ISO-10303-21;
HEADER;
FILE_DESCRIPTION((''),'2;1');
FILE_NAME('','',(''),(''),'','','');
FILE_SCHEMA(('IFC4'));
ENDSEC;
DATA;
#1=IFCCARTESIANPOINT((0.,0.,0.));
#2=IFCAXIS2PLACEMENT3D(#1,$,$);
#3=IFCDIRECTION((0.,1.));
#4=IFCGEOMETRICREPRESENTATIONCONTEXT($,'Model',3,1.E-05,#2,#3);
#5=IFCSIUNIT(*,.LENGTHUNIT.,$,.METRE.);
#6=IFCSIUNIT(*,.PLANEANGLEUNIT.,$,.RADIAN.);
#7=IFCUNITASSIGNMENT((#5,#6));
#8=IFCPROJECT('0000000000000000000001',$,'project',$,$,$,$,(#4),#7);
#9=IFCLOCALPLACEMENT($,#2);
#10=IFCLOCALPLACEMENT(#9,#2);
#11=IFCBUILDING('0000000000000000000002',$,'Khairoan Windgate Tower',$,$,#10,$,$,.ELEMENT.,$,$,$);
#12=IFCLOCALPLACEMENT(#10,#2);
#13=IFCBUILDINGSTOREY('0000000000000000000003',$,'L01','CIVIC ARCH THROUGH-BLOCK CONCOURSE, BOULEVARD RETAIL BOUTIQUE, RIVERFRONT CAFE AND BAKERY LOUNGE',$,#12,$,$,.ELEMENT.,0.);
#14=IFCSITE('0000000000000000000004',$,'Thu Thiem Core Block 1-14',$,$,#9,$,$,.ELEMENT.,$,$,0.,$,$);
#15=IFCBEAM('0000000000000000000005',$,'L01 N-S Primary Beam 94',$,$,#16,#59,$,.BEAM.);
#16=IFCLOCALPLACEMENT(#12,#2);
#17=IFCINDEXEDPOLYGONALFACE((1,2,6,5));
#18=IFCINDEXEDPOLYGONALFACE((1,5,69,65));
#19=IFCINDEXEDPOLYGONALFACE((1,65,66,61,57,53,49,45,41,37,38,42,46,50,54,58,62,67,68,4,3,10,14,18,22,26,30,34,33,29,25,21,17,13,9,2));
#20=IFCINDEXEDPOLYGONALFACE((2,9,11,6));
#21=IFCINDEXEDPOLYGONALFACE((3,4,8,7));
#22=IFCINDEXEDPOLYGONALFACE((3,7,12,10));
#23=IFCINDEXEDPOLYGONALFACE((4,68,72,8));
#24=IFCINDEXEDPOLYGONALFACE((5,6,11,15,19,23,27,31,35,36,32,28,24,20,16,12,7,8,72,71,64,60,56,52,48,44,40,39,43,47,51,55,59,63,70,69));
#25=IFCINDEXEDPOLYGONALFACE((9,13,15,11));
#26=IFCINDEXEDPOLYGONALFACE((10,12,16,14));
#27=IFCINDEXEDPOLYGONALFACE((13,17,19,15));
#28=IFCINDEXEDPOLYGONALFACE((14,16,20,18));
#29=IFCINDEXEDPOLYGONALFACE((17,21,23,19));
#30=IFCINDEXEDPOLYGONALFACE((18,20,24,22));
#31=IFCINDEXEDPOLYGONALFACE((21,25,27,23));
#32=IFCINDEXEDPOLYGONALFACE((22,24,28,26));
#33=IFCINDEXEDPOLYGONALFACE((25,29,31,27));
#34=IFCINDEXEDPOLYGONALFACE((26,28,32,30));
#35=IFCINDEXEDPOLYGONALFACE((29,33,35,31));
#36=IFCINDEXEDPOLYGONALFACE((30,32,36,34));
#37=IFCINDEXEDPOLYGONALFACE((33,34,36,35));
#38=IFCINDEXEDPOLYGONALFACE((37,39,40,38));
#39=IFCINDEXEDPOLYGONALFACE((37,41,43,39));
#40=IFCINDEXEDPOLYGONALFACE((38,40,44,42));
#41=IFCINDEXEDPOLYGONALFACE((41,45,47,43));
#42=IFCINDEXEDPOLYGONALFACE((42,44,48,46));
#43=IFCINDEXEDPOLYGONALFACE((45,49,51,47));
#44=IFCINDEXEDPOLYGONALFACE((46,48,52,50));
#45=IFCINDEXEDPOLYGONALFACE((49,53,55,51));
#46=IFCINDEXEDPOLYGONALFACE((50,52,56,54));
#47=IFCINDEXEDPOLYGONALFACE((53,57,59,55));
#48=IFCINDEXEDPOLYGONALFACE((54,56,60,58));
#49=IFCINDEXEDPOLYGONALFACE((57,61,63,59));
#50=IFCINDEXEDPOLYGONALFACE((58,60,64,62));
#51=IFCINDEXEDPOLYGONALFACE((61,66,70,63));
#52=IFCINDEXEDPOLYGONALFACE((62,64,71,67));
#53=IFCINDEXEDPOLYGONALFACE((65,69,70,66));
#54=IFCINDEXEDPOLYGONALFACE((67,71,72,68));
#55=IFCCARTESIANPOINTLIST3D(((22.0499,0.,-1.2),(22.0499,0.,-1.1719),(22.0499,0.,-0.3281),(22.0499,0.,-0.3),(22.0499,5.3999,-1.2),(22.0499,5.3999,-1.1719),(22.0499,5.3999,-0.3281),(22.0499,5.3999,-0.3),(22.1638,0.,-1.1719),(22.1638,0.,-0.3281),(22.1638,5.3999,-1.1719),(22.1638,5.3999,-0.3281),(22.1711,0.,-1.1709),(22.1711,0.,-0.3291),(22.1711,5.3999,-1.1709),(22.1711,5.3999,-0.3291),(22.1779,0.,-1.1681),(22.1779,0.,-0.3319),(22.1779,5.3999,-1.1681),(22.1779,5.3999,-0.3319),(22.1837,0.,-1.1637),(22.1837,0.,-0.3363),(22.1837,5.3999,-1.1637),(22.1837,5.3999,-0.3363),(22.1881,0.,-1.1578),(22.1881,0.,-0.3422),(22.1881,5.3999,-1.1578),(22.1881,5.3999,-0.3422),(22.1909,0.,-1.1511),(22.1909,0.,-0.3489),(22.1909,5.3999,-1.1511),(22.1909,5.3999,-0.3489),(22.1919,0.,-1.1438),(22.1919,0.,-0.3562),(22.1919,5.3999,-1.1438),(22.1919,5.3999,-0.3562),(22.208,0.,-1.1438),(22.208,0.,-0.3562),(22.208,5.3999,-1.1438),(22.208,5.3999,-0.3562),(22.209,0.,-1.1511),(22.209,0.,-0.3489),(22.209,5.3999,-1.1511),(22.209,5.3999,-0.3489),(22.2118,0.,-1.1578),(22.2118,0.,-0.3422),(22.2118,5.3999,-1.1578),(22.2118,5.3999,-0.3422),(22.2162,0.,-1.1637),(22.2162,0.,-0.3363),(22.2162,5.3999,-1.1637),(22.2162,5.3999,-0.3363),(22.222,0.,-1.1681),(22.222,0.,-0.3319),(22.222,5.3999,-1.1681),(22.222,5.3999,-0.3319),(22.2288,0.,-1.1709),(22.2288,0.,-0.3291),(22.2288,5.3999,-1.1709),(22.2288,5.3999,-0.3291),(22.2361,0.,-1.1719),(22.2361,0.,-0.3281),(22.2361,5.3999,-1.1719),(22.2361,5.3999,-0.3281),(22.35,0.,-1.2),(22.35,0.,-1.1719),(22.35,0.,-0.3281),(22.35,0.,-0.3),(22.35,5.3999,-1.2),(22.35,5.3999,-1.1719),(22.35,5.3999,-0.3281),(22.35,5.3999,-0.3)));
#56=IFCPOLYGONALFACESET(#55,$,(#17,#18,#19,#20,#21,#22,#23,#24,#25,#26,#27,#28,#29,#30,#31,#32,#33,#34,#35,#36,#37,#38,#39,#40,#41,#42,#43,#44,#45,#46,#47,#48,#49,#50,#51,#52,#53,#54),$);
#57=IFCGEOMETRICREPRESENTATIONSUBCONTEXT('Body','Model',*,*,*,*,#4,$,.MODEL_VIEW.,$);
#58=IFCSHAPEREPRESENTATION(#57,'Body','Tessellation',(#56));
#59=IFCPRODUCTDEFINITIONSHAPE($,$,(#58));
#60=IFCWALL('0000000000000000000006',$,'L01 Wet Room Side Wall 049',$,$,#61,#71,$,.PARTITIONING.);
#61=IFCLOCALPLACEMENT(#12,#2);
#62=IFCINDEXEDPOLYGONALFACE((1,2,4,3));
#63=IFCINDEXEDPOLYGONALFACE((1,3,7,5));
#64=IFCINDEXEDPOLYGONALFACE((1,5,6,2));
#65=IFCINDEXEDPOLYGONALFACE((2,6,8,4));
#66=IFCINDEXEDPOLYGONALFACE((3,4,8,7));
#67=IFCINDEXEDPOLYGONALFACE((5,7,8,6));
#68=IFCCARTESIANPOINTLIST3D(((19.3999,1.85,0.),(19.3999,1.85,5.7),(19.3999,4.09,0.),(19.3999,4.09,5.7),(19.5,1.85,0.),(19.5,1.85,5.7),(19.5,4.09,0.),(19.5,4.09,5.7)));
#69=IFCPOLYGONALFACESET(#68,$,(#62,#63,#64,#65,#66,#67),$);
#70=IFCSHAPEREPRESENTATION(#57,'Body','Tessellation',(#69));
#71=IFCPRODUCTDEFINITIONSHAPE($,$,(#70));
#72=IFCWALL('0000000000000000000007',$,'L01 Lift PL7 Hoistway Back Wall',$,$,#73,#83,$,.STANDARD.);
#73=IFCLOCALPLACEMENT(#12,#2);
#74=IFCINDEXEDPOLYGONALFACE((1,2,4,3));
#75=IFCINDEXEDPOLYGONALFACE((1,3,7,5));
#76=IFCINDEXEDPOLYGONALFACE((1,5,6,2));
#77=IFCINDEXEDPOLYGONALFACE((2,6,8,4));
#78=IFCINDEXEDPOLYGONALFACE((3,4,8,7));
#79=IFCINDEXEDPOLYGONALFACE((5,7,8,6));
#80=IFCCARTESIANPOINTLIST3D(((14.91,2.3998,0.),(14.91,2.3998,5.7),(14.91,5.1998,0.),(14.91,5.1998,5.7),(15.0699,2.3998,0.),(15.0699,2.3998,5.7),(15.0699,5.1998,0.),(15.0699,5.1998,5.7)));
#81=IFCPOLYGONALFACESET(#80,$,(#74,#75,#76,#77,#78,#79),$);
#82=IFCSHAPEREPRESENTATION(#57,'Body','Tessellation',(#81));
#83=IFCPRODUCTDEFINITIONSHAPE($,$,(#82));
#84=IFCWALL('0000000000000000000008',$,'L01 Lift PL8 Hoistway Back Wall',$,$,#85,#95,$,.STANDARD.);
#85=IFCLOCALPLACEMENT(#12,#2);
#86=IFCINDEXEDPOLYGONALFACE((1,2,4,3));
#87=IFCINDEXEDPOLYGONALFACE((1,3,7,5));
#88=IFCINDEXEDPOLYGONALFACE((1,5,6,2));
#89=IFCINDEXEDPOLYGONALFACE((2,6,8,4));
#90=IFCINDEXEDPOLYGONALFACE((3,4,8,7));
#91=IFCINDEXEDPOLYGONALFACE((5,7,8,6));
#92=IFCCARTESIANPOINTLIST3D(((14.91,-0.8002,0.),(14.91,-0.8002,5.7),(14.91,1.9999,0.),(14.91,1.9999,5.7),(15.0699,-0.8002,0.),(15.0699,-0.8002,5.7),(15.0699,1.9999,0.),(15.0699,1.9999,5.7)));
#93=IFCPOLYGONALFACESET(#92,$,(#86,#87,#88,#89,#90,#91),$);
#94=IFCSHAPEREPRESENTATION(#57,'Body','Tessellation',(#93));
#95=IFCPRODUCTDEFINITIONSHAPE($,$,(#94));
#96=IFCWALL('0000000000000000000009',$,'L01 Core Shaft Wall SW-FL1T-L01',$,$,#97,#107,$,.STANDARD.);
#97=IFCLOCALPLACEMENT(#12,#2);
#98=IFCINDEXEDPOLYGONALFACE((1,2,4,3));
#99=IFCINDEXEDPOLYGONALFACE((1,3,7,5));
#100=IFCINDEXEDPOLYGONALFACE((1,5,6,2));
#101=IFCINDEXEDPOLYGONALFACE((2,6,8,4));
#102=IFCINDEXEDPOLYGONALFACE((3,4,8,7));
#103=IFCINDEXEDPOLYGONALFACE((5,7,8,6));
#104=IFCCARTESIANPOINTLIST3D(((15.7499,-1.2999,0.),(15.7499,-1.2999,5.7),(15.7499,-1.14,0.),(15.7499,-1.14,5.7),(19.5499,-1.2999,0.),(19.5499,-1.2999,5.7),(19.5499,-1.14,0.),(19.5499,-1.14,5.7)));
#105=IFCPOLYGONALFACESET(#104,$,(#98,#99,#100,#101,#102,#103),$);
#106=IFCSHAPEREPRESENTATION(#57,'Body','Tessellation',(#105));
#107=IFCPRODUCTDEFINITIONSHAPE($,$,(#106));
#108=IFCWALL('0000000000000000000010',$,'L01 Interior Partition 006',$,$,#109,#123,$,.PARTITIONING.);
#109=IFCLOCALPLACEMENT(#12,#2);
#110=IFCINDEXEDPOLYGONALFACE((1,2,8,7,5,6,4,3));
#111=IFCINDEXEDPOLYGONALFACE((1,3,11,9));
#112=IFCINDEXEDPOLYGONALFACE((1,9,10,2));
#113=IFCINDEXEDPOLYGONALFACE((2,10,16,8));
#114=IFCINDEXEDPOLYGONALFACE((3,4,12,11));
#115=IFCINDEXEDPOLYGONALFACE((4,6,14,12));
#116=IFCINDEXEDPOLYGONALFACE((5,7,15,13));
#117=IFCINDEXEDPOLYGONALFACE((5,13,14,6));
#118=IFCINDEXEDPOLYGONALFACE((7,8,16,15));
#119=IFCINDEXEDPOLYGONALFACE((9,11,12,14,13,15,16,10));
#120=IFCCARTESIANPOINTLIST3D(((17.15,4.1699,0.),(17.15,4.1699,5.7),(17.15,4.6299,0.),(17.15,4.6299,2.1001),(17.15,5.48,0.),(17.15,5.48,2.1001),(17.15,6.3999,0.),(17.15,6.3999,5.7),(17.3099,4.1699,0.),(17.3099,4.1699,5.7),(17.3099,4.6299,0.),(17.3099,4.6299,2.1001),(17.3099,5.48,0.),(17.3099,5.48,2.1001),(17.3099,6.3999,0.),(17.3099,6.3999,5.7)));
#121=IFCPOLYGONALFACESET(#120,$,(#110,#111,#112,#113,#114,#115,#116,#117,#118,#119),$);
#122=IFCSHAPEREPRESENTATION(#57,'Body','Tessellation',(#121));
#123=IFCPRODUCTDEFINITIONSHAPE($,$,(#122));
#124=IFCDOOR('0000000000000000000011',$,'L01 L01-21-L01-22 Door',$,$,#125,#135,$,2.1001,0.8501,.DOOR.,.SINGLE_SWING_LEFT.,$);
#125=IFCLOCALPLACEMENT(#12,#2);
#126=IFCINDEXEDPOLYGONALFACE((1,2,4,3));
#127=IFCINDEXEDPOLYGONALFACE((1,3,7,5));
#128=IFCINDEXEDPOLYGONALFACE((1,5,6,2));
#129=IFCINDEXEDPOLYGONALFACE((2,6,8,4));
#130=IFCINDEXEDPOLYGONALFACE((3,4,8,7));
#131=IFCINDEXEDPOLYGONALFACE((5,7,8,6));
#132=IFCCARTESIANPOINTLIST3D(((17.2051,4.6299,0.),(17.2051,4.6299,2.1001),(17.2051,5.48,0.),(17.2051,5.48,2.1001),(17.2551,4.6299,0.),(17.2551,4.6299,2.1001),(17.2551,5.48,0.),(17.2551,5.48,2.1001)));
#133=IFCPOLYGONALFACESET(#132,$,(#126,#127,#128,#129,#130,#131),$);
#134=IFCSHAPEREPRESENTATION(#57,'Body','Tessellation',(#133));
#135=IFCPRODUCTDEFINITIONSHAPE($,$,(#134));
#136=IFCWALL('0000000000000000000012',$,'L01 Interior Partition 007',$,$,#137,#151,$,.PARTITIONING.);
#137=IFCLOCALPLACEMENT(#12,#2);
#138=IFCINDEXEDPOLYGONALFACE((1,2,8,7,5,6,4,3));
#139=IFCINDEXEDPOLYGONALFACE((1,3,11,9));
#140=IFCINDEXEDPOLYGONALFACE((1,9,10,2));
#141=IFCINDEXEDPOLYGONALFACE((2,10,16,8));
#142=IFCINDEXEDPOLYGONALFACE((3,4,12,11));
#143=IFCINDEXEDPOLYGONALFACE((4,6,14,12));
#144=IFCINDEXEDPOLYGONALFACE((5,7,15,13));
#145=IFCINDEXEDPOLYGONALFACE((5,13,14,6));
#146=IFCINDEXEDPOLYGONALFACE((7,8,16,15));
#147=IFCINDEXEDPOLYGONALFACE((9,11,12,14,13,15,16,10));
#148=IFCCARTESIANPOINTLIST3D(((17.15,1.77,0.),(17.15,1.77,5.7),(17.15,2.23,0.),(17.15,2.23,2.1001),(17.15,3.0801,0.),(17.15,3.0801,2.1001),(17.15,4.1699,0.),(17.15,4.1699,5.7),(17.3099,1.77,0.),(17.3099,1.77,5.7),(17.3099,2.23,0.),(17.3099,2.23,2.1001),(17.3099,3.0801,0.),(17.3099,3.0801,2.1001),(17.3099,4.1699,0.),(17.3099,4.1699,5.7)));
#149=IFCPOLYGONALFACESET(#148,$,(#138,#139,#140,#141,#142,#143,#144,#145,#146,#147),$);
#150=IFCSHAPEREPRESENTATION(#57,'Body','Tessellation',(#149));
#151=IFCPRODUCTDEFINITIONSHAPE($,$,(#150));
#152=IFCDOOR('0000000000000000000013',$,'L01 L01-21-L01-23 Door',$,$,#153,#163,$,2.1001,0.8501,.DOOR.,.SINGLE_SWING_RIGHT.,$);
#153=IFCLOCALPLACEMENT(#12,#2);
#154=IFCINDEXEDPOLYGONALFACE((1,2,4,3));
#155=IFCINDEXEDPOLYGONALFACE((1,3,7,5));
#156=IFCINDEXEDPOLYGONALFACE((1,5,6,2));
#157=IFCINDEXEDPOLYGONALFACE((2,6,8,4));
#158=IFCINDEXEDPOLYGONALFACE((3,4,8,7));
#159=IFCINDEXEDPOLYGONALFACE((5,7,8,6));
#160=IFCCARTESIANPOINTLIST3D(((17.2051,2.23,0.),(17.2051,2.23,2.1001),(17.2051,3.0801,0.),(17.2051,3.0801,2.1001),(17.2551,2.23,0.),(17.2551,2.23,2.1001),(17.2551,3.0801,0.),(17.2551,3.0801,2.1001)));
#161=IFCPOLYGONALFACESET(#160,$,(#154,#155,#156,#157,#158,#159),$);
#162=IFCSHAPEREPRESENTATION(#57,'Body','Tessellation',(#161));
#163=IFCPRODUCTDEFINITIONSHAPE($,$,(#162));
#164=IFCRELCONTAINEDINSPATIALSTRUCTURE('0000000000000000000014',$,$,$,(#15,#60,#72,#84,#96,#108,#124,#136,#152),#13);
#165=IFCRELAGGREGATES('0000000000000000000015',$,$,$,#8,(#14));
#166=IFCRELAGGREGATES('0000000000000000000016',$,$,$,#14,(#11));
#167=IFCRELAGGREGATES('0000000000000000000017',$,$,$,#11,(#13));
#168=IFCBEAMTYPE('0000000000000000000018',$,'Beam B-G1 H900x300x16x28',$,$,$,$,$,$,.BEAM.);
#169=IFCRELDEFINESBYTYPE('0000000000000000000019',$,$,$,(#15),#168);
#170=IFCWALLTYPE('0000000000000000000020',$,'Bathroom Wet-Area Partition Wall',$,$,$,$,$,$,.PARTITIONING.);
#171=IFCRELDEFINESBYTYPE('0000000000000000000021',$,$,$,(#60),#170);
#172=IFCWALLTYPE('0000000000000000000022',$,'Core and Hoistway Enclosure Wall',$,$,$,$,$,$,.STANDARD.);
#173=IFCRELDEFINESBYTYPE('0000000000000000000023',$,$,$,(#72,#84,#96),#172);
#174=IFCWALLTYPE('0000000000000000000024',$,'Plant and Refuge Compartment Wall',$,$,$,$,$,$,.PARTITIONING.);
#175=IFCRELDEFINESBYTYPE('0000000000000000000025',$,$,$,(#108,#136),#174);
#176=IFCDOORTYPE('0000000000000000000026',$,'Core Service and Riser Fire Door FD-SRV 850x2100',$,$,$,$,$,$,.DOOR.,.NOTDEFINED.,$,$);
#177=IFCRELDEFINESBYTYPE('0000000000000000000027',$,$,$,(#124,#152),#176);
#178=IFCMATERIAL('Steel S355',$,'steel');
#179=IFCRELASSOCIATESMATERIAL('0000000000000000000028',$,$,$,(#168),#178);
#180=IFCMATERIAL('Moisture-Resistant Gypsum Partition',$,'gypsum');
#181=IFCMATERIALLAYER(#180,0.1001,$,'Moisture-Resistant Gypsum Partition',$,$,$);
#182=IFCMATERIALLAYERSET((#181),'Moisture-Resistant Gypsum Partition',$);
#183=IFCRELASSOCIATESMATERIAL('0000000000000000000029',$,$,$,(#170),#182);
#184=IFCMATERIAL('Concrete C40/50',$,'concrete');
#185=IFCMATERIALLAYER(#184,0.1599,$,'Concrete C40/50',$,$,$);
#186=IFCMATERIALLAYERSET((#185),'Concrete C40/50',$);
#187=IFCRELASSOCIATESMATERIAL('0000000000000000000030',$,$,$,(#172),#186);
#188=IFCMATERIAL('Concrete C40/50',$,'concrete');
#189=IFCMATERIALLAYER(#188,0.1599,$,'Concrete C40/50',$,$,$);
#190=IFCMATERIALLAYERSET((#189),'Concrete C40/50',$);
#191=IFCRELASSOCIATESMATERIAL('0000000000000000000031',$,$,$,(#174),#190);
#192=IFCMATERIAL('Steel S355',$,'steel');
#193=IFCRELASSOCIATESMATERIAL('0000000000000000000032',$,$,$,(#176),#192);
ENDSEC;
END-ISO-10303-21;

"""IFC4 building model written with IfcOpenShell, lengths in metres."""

from ifc_helpers import new_model, si_unit, direction, frame, frame_2d, origin, origin_2d, place, context, subcontext, project, spatial, rectangle, i_section, extrude, material, layer, layer_set, material_profile, profile_set, type_object, element, fill, save


model = new_model("IFC4")

# Units and contexts
model_context = context("Model", 3, precision=1e-05, world=origin(), true_north=direction((0.0, 1.0)))
body_context = subcontext(model_context, "Body", "Model", "MODEL_VIEW")
ifc_project = project(units=[si_unit("LENGTHUNIT", "METRE"), si_unit("PLANEANGLEUNIT", "RADIAN")], contexts=[model_context])

# Site, building, storey
site_placement = place(None, origin())
site = spatial("IfcSite", under=ifc_project, at=site_placement, Name="Thu Thiem Core Block 1-14", CompositionType="ELEMENT", RefElevation=0.0)
building_placement = place(site_placement, origin())
building = spatial("IfcBuilding", under=site, at=building_placement, Name="Khairoan Windgate Tower", CompositionType="ELEMENT")
storey_placement = place(building_placement, origin())
storey = spatial("IfcBuildingStorey", under=building, at=storey_placement, Name="L01", Description="CIVIC ARCH THROUGH-BLOCK CONCOURSE, BOULEVARD RETAIL BOUTIQUE, RIVERFRONT CAFE AND BAKERY LOUNGE", CompositionType="ELEMENT", Elevation=0.0)

# Beam
ifc_material_1 = material(Name="Steel S355", Category="steel")
ifc_material_profile_1 = material_profile(ifc_material_1, i_section(OverallWidth=0.3, OverallDepth=0.8999, WebThickness=0.0161, FlangeThickness=0.0281, FilletRadius=0.0281, at=origin_2d()))
ifc_profile_set_1 = profile_set([ifc_material_profile_1], Name="Steel S355")
beam_type = type_object("IfcBeamType", Name="Beam B-G1 H900x300x16x28", PredefinedType="BEAM", material=ifc_profile_set_1)
for number, where, z_axis, x_axis, name in (
    (1, (22.2, 0.0, -0.75), (0.0, 1.0, 0.0), (-1.0, 0.0, 0.0), "L01 N-S Primary Beam 94"),
):
    element("IfcBeam", number, at=place(storey_placement, frame(where, z_axis=z_axis, x_axis=x_axis)), inside=storey, type_object=beam_type, Name=name, PredefinedType="BEAM", context=body_context, shape_type="SweptSolid", body=[
        extrude(i_section(OverallWidth=0.3, OverallDepth=0.8999, WebThickness=0.0161, FlangeThickness=0.0281, FilletRadius=0.0281, at=origin_2d()), origin(), (0.0, 0.0, 1.0), 5.3999),
    ])

# Walls
ifc_material_2 = material(Name="Moisture-Resistant Gypsum Partition", Category="gypsum")
ifc_layer_1 = layer(ifc_material_2, 0.1001, Name="Moisture-Resistant Gypsum Partition")
ifc_layer_set_1 = layer_set([ifc_layer_1], Name="Moisture-Resistant Gypsum Partition")
wall_type_1 = type_object("IfcWallType", Name="Bathroom Wet-Area Partition Wall", PredefinedType="PARTITIONING", material=ifc_layer_set_1)
wall_1_placement = place(storey_placement, frame((19.45, 4.0901, 0.0), z_axis=(0.0, 0.0, 1.0), x_axis=(0.0, -1.0, 0.0)))
element("IfcWall", 2, at=wall_1_placement, inside=storey, type_object=wall_type_1, Name="L01 Wet Room Side Wall 049", PredefinedType="PARTITIONING", context=body_context, shape_type="SweptSolid", body=[
    extrude(rectangle(XDim=2.24, YDim=0.1001, at=frame_2d((1.1201, 0.0))), origin(), (0.0, 0.0, 1.0), 5.7),
])
ifc_material_3 = material(Name="Concrete C40/50", Category="concrete")
ifc_layer_2 = layer(ifc_material_3, 0.1599, Name="Concrete C40/50")
ifc_layer_set_2 = layer_set([ifc_layer_2], Name="Concrete C40/50")
wall_type_2 = type_object("IfcWallType", Name="Core and Hoistway Enclosure Wall", PredefinedType="STANDARD", material=ifc_layer_set_2)
for number, where, z_axis, x_axis, name in (
    (3, (14.99, 2.3999, 0.0), (0.0, 0.0, 1.0), (0.0, 1.0, 0.0), "L01 Lift PL7 Hoistway Back Wall"),
    (4, (14.99, -0.8, 0.0), (0.0, 0.0, 1.0), (0.0, 1.0, 0.0), "L01 Lift PL8 Hoistway Back Wall"),
):
    element("IfcWall", number, at=place(storey_placement, frame(where, z_axis=z_axis, x_axis=x_axis)), inside=storey, type_object=wall_type_2, Name=name, PredefinedType="STANDARD", context=body_context, shape_type="SweptSolid", body=[
        extrude(rectangle(XDim=2.8, YDim=0.1599, at=frame_2d((1.3999, 0.0))), origin(), (0.0, 0.0, 1.0), 5.7),
    ])
wall_2_placement = place(storey_placement, frame((15.75, -1.22, 0.0), z_axis=(0.0, 0.0, 1.0), x_axis=(1.0, 0.0, 0.0)))
element("IfcWall", 5, at=wall_2_placement, inside=storey, type_object=wall_type_2, Name="L01 Core Shaft Wall SW-FL1T-L01", PredefinedType="STANDARD", context=body_context, shape_type="SweptSolid", body=[
    extrude(rectangle(XDim=3.8, YDim=0.1599, at=frame_2d((1.8999, 0.0))), origin(), (0.0, 0.0, 1.0), 5.7),
])

# Walls, openings, doors
ifc_material_4 = material(Name="Concrete C40/50", Category="concrete")
ifc_layer_3 = layer(ifc_material_4, 0.1599, Name="Concrete C40/50")
ifc_layer_set_3 = layer_set([ifc_layer_3], Name="Concrete C40/50")
wall_type_3 = type_object("IfcWallType", Name="Plant and Refuge Compartment Wall", PredefinedType="PARTITIONING", material=ifc_layer_set_3)
wall_3_placement = place(storey_placement, frame((17.23, 4.1699, 0.0), z_axis=(0.0, 0.0, 1.0), x_axis=(0.0, 1.0, 0.0)))
wall_3 = element("IfcWall", 6, at=wall_3_placement, inside=storey, type_object=wall_type_3, Name="L01 Interior Partition 006", PredefinedType="PARTITIONING", context=body_context, shape_type="SweptSolid", body=[
    extrude(rectangle(XDim=2.23, YDim=0.1599, at=frame_2d((1.115, 0.0))), origin(), (0.0, 0.0, 1.0), 5.7),
])
opening_1_placement = place(wall_3_placement, frame((0.46, 0.0, 0.0)))
opening_1 = element("IfcOpeningElement", 7, at=opening_1_placement, cuts=wall_3, PredefinedType="OPENING", context=body_context, shape_type="SweptSolid", body=[
    extrude(rectangle(XDim=0.8501, YDim=2.1001, at=frame_2d((0.425, 1.05))), frame((0.0, 0.0898, 0.0), z_axis=(0.0, -1.0, 0.0), x_axis=(1.0, 0.0, 0.0)), (0.0, 0.0, 1.0), 0.1799),
])
ifc_material_5 = material(Name="Steel S355", Category="steel")
door_type = type_object("IfcDoorType", Name="Core Service and Riser Fire Door FD-SRV 850x2100", OperationType="NOTDEFINED", PredefinedType="DOOR", material=ifc_material_5)
door_1_placement = place(opening_1_placement, origin())
door_1 = element("IfcDoor", 8, at=door_1_placement, inside=storey, type_object=door_type, Name="L01 L01-21-L01-22 Door", OperationType="SINGLE_SWING_LEFT", OverallHeight=2.1001, OverallWidth=0.8501, PredefinedType="DOOR", context=body_context, shape_type="SweptSolid", body=[
    extrude(rectangle(XDim=0.8501, YDim=2.1001, at=frame_2d((0.425, 1.05))), frame((0.0, 0.0249, 0.0), z_axis=(0.0, -1.0, 0.0), x_axis=(1.0, 0.0, 0.0)), (0.0, 0.0, 1.0), 0.05),
])
fill(opening_1, door_1)
wall_4_placement = place(storey_placement, frame((17.23, 1.77, 0.0), z_axis=(0.0, 0.0, 1.0), x_axis=(0.0, 1.0, 0.0)))
wall_4 = element("IfcWall", 9, at=wall_4_placement, inside=storey, type_object=wall_type_3, Name="L01 Interior Partition 007", PredefinedType="PARTITIONING", context=body_context, shape_type="SweptSolid", body=[
    extrude(rectangle(XDim=2.3999, YDim=0.1599, at=frame_2d((1.2, 0.0))), origin(), (0.0, 0.0, 1.0), 5.7),
])
opening_2_placement = place(wall_4_placement, frame((0.46, 0.0, 0.0)))
opening_2 = element("IfcOpeningElement", 10, at=opening_2_placement, cuts=wall_4, PredefinedType="OPENING", context=body_context, shape_type="SweptSolid", body=[
    extrude(rectangle(XDim=0.8501, YDim=2.1001, at=frame_2d((0.425, 1.05))), frame((0.0, 0.0898, 0.0), z_axis=(0.0, -1.0, 0.0), x_axis=(1.0, 0.0, 0.0)), (0.0, 0.0, 1.0), 0.1799),
])
door_2_placement = place(opening_2_placement, origin())
door_2 = element("IfcDoor", 11, at=door_2_placement, inside=storey, type_object=door_type, Name="L01 L01-21-L01-23 Door", OperationType="SINGLE_SWING_RIGHT", OverallHeight=2.1001, OverallWidth=0.8501, PredefinedType="DOOR", context=body_context, shape_type="SweptSolid", body=[
    extrude(rectangle(XDim=0.8501, YDim=2.1001, at=frame_2d((0.425, 1.05))), frame((0.0, 0.0249, 0.0), z_axis=(0.0, -1.0, 0.0), x_axis=(1.0, 0.0, 0.0)), (0.0, 0.0, 1.0), 0.05),
])
fill(opening_2, door_2)

save(model, "model.ifc")
